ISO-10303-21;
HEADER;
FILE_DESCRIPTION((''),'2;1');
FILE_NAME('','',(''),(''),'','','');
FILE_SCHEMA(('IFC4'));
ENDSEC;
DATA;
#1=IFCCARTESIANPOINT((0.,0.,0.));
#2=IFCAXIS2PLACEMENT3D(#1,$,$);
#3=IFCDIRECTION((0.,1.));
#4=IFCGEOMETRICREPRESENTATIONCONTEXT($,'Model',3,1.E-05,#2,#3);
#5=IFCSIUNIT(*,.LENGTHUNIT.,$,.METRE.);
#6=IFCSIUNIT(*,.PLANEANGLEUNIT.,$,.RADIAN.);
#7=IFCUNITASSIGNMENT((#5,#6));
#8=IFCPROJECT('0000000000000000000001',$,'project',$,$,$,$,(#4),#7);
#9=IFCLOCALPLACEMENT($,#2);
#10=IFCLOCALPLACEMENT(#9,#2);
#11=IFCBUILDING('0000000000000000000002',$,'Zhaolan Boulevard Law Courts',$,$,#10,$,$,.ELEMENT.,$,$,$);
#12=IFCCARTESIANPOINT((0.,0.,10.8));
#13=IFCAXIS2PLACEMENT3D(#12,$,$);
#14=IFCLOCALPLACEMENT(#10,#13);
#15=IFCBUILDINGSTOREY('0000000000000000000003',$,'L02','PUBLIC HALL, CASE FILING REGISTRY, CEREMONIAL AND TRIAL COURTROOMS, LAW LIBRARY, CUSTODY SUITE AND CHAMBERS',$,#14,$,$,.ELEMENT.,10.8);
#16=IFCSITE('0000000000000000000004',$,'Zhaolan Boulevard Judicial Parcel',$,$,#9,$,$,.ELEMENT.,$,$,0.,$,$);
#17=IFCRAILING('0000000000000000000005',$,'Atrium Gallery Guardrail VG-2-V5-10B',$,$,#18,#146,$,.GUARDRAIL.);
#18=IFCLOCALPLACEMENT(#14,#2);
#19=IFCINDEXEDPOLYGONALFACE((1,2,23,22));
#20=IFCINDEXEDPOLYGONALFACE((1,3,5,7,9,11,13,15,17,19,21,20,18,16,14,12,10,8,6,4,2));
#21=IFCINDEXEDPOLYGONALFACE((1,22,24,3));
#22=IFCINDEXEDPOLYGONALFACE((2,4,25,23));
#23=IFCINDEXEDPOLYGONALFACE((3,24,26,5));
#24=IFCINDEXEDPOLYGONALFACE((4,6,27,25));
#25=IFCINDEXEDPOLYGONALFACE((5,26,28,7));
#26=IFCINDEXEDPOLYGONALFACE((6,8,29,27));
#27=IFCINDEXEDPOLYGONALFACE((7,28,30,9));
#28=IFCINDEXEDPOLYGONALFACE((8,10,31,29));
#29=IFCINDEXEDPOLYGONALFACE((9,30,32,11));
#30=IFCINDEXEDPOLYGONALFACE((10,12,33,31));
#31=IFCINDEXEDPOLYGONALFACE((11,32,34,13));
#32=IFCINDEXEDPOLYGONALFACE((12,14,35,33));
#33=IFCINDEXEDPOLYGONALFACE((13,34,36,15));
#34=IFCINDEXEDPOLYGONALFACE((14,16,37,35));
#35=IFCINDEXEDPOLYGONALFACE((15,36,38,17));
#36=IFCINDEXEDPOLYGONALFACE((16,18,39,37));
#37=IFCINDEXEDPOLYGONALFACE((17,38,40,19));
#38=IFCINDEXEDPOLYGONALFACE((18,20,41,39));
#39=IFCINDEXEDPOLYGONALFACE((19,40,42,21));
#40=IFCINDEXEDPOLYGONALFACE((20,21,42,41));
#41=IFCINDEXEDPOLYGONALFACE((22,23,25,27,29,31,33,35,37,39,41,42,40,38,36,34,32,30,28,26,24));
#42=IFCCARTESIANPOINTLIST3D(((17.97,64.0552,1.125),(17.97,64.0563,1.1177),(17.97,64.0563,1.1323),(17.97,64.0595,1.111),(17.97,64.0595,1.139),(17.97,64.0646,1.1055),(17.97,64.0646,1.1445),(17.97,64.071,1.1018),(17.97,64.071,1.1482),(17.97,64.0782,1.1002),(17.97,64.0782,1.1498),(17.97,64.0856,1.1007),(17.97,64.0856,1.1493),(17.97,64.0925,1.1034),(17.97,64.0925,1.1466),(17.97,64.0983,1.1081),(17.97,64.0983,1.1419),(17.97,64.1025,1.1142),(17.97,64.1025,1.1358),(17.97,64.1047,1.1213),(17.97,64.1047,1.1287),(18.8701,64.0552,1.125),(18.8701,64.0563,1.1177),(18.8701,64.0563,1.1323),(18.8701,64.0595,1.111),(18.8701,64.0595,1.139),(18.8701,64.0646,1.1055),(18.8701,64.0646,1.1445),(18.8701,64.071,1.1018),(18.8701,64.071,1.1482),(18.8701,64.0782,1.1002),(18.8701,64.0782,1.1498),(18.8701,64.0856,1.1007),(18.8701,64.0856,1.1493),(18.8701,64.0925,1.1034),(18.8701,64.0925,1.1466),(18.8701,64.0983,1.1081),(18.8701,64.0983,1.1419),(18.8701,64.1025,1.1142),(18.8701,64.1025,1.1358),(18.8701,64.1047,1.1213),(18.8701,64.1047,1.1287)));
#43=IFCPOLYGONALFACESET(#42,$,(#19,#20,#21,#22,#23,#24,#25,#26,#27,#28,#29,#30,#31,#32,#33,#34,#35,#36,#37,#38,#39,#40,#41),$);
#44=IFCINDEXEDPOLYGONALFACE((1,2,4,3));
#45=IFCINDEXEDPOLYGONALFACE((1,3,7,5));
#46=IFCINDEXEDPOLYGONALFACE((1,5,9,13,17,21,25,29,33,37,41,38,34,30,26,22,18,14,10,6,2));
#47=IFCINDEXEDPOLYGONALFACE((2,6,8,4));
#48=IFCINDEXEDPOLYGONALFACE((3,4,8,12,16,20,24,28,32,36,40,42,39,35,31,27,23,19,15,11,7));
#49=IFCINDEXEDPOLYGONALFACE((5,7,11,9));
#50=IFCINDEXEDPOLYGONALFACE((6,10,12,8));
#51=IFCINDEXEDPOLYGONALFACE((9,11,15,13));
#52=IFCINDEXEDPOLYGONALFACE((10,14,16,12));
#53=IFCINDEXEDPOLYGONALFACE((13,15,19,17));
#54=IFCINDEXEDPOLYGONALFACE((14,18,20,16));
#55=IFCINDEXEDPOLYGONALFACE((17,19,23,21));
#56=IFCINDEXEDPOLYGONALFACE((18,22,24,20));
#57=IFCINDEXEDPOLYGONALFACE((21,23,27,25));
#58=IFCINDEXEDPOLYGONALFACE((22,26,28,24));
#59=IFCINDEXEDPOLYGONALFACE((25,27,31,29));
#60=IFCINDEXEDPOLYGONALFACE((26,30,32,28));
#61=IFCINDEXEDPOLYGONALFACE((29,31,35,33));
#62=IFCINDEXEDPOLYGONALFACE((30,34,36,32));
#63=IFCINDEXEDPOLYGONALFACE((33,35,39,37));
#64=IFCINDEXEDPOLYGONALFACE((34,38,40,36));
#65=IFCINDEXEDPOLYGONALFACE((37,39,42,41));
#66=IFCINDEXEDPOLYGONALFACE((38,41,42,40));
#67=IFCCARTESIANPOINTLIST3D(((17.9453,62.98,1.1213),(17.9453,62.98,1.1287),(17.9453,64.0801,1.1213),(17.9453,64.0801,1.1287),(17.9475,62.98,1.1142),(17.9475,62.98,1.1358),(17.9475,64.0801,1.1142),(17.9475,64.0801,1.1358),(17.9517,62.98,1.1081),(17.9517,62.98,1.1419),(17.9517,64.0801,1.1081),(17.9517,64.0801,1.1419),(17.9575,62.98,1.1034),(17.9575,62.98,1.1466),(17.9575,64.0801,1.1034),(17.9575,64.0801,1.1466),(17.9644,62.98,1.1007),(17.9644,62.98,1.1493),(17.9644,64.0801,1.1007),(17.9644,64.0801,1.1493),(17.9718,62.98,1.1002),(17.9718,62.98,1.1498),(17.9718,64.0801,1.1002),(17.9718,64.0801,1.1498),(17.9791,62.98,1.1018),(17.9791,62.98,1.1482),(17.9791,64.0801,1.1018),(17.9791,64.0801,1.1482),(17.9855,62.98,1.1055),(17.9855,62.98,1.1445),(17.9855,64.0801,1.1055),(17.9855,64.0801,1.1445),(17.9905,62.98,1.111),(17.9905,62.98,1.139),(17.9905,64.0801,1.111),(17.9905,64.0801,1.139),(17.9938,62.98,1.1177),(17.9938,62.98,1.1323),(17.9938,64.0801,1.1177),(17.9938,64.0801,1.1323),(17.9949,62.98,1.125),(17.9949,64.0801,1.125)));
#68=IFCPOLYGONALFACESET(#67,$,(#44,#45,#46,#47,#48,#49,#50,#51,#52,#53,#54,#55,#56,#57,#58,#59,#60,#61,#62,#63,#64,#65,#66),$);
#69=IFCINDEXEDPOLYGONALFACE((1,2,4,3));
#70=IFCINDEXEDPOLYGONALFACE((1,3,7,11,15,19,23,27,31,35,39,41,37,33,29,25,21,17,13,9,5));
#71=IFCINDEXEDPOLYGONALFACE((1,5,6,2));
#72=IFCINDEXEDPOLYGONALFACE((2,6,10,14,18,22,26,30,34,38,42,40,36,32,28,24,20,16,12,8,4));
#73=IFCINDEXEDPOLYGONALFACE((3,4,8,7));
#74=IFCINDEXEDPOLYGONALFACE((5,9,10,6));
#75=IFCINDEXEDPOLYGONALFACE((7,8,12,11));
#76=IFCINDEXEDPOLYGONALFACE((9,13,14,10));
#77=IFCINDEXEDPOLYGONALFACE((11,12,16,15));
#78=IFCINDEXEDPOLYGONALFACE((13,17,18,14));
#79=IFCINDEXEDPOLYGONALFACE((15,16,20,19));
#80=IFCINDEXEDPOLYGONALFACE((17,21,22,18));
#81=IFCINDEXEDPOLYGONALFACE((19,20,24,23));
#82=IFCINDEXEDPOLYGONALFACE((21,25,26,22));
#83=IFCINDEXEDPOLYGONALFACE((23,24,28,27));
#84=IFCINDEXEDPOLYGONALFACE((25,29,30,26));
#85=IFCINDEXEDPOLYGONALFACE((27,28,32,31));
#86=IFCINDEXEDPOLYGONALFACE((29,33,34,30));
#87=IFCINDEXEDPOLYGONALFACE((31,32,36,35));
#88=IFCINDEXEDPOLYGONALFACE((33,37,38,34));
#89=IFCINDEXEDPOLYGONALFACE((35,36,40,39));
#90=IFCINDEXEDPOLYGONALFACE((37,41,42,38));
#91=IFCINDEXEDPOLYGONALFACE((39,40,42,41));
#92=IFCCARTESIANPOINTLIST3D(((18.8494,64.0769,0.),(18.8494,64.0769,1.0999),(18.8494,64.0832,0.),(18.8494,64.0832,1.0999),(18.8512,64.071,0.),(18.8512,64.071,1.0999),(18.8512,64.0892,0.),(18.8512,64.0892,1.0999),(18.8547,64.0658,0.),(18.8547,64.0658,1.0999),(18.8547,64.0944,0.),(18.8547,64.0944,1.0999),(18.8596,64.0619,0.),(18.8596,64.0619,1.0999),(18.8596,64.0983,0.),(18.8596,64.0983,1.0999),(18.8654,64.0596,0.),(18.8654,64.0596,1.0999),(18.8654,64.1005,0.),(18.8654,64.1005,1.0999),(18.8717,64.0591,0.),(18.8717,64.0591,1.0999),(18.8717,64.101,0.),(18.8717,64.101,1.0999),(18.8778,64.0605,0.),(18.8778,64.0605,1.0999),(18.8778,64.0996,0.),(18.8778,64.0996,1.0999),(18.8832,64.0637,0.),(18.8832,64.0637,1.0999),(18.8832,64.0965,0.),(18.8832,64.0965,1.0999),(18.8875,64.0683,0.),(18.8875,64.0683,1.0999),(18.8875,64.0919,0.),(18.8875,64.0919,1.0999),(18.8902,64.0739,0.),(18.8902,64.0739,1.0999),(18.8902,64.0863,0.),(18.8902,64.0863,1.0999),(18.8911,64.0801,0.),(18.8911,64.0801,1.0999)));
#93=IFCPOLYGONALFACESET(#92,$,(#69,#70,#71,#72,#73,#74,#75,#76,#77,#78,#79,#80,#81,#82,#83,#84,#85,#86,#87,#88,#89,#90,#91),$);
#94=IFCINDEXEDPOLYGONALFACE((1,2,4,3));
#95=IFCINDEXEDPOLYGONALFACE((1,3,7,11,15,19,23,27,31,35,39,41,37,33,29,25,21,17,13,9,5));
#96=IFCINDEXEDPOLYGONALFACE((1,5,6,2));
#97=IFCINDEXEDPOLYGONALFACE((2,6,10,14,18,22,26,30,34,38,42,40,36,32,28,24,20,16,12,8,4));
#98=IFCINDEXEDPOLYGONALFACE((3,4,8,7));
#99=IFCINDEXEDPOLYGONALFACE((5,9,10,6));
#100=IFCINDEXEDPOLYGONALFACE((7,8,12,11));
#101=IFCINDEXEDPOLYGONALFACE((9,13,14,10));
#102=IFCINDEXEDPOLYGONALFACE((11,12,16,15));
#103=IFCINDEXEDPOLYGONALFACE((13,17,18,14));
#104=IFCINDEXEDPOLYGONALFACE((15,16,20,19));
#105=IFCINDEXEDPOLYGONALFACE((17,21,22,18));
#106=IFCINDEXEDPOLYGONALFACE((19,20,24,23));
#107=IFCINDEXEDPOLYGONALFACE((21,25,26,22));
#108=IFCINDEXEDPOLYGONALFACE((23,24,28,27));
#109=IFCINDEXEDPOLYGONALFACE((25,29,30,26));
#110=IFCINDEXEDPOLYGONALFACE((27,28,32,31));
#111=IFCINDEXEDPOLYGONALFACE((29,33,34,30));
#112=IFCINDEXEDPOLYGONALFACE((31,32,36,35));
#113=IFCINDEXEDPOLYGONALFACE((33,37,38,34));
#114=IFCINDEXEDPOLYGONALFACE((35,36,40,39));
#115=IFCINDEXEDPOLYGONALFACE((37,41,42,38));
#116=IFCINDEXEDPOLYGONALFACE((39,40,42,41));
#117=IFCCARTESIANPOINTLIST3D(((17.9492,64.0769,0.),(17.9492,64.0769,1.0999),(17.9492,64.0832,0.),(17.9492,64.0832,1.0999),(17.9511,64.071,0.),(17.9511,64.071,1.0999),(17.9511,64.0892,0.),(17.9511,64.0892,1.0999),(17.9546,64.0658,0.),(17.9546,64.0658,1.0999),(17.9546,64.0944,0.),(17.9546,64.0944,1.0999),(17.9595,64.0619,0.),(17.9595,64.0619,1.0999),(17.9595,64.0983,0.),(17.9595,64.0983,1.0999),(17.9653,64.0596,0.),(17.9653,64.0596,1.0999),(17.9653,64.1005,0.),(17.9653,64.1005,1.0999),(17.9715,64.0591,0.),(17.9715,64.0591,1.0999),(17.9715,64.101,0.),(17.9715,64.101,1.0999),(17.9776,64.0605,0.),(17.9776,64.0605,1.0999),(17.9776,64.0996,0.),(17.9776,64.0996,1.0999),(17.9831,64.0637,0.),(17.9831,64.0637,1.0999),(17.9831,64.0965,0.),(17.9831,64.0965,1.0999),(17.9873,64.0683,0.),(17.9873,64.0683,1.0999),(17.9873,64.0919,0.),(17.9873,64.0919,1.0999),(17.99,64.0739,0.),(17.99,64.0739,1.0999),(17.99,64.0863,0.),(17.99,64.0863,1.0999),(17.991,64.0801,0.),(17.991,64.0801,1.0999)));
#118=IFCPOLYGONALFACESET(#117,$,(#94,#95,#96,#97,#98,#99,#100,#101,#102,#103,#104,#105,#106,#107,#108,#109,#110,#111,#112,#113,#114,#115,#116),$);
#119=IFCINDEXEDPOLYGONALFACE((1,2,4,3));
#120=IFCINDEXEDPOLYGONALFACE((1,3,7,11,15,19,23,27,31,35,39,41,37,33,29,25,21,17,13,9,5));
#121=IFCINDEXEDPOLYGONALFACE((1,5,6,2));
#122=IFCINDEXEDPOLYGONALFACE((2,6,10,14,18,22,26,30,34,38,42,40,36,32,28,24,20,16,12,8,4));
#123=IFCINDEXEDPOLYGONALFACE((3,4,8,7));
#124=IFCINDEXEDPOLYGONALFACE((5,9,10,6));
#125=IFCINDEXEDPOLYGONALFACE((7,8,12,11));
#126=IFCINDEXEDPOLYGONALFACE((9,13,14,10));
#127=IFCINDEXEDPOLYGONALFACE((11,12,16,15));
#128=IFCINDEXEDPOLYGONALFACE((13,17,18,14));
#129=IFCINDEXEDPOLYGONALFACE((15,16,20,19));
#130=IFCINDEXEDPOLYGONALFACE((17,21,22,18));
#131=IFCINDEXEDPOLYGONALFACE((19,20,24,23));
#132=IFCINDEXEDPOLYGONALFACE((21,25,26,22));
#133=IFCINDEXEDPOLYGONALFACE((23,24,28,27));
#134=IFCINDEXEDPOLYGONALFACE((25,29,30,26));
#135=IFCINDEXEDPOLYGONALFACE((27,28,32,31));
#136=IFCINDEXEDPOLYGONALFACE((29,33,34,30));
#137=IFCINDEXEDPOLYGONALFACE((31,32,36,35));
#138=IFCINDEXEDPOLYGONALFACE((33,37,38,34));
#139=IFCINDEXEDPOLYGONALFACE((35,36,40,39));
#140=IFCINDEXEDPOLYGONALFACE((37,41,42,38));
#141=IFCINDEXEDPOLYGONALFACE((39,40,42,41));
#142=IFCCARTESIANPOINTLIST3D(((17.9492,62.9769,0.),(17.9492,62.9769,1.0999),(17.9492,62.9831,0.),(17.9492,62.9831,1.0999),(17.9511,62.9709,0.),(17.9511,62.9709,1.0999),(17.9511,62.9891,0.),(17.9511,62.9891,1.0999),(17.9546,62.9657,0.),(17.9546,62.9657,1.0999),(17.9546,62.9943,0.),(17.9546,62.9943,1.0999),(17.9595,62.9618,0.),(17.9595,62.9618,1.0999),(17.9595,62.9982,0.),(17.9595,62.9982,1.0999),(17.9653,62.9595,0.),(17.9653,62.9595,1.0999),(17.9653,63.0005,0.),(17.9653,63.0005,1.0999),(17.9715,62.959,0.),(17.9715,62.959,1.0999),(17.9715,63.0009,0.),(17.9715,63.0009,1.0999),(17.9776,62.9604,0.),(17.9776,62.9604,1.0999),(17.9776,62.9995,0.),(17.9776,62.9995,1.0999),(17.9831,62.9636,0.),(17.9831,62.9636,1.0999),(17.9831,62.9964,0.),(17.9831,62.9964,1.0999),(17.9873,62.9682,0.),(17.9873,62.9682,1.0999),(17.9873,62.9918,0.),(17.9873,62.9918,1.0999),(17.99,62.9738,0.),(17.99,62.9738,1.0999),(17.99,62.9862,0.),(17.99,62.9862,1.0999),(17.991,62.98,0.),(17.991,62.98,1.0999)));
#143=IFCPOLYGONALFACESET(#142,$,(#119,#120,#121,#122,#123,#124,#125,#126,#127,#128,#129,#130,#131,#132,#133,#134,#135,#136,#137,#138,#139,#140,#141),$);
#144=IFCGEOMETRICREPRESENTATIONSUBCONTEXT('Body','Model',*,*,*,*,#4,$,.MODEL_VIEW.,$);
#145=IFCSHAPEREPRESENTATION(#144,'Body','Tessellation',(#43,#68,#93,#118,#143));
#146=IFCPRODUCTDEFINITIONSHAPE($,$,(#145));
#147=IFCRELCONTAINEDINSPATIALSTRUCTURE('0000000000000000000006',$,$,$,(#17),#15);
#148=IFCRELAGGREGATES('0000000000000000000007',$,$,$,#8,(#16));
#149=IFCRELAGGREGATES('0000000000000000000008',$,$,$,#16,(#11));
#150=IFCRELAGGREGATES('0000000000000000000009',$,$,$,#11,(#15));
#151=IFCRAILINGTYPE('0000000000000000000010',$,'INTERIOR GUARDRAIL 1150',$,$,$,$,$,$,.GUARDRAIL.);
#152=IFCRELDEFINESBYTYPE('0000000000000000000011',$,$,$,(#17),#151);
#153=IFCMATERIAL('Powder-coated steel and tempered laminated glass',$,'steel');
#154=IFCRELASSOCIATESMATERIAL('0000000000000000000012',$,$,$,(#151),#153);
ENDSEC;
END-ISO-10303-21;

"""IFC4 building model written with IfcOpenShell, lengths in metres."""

from ifc_helpers import new_model, si_unit, direction, frame, origin, origin_2d, place, context, subcontext, project, spatial, circle, extrude, material, type_object, element, save


model = new_model("IFC4")

# Units and contexts
model_context = context("Model", 3, precision=1e-05, world=origin(), true_north=direction((0.0, 1.0)))
body_context = subcontext(model_context, "Body", "Model", "MODEL_VIEW")
ifc_project = project(units=[si_unit("LENGTHUNIT", "METRE"), si_unit("PLANEANGLEUNIT", "RADIAN")], contexts=[model_context])

# Site, building, storey
site_placement = place(None, origin())
site = spatial("IfcSite", under=ifc_project, at=site_placement, Name="Zhaolan Boulevard Judicial Parcel", CompositionType="ELEMENT", RefElevation=0.0)
building_placement = place(site_placement, origin())
building = spatial("IfcBuilding", under=site, at=building_placement, Name="Zhaolan Boulevard Law Courts", CompositionType="ELEMENT")
storey_placement = place(building_placement, frame((0.0, 0.0, 10.8)))
storey = spatial("IfcBuildingStorey", under=building, at=storey_placement, Name="L02", Description="PUBLIC HALL, CASE FILING REGISTRY, CEREMONIAL AND TRIAL COURTROOMS, LAW LIBRARY, CUSTODY SUITE AND CHAMBERS", CompositionType="ELEMENT", Elevation=10.8)

# Railing
ifc_material_1 = material(Name="Powder-coated steel and tempered laminated glass", Category="steel")
railing_type_1 = type_object("IfcRailingType", Name="INTERIOR GUARDRAIL 1150", PredefinedType="GUARDRAIL", material=ifc_material_1)
railing_1_placement = place(storey_placement, frame((18.8701, 64.0801, 0.0)))
element("IfcRailing", 1, at=railing_1_placement, inside=storey, type_object=railing_type_1, Name="Atrium Gallery Guardrail VG-2-V5-10B", PredefinedType="GUARDRAIL", context=body_context, shape_type="SweptSolid", body=[
    extrude(circle(Radius=0.0249, at=origin_2d()), frame((0.0, 0.0, 1.125), z_axis=(-1.0, 0.0, 0.0), x_axis=(0.0, -1.0, 0.0)), (0.0, 0.0, 1.0), 0.9001),
    extrude(circle(Radius=0.0249, at=origin_2d()), frame((-0.9001, 0.0, 1.125), z_axis=(0.0, -1.0, 0.0), x_axis=(1.0, 0.0, 0.0)), (0.0, 0.0, 1.0), 1.1001),
    extrude(circle(Radius=0.021, at=origin_2d()), origin(), (0.0, 0.0, 1.0), 1.0999),
    extrude(circle(Radius=0.021, at=origin_2d()), frame((-0.9001, 0.0, 0.0)), (0.0, 0.0, 1.0), 1.0999),
    extrude(circle(Radius=0.021, at=origin_2d()), frame((-0.9001, -1.1001, 0.0)), (0.0, 0.0, 1.0), 1.0999),
])

save(model, "model.ifc")
